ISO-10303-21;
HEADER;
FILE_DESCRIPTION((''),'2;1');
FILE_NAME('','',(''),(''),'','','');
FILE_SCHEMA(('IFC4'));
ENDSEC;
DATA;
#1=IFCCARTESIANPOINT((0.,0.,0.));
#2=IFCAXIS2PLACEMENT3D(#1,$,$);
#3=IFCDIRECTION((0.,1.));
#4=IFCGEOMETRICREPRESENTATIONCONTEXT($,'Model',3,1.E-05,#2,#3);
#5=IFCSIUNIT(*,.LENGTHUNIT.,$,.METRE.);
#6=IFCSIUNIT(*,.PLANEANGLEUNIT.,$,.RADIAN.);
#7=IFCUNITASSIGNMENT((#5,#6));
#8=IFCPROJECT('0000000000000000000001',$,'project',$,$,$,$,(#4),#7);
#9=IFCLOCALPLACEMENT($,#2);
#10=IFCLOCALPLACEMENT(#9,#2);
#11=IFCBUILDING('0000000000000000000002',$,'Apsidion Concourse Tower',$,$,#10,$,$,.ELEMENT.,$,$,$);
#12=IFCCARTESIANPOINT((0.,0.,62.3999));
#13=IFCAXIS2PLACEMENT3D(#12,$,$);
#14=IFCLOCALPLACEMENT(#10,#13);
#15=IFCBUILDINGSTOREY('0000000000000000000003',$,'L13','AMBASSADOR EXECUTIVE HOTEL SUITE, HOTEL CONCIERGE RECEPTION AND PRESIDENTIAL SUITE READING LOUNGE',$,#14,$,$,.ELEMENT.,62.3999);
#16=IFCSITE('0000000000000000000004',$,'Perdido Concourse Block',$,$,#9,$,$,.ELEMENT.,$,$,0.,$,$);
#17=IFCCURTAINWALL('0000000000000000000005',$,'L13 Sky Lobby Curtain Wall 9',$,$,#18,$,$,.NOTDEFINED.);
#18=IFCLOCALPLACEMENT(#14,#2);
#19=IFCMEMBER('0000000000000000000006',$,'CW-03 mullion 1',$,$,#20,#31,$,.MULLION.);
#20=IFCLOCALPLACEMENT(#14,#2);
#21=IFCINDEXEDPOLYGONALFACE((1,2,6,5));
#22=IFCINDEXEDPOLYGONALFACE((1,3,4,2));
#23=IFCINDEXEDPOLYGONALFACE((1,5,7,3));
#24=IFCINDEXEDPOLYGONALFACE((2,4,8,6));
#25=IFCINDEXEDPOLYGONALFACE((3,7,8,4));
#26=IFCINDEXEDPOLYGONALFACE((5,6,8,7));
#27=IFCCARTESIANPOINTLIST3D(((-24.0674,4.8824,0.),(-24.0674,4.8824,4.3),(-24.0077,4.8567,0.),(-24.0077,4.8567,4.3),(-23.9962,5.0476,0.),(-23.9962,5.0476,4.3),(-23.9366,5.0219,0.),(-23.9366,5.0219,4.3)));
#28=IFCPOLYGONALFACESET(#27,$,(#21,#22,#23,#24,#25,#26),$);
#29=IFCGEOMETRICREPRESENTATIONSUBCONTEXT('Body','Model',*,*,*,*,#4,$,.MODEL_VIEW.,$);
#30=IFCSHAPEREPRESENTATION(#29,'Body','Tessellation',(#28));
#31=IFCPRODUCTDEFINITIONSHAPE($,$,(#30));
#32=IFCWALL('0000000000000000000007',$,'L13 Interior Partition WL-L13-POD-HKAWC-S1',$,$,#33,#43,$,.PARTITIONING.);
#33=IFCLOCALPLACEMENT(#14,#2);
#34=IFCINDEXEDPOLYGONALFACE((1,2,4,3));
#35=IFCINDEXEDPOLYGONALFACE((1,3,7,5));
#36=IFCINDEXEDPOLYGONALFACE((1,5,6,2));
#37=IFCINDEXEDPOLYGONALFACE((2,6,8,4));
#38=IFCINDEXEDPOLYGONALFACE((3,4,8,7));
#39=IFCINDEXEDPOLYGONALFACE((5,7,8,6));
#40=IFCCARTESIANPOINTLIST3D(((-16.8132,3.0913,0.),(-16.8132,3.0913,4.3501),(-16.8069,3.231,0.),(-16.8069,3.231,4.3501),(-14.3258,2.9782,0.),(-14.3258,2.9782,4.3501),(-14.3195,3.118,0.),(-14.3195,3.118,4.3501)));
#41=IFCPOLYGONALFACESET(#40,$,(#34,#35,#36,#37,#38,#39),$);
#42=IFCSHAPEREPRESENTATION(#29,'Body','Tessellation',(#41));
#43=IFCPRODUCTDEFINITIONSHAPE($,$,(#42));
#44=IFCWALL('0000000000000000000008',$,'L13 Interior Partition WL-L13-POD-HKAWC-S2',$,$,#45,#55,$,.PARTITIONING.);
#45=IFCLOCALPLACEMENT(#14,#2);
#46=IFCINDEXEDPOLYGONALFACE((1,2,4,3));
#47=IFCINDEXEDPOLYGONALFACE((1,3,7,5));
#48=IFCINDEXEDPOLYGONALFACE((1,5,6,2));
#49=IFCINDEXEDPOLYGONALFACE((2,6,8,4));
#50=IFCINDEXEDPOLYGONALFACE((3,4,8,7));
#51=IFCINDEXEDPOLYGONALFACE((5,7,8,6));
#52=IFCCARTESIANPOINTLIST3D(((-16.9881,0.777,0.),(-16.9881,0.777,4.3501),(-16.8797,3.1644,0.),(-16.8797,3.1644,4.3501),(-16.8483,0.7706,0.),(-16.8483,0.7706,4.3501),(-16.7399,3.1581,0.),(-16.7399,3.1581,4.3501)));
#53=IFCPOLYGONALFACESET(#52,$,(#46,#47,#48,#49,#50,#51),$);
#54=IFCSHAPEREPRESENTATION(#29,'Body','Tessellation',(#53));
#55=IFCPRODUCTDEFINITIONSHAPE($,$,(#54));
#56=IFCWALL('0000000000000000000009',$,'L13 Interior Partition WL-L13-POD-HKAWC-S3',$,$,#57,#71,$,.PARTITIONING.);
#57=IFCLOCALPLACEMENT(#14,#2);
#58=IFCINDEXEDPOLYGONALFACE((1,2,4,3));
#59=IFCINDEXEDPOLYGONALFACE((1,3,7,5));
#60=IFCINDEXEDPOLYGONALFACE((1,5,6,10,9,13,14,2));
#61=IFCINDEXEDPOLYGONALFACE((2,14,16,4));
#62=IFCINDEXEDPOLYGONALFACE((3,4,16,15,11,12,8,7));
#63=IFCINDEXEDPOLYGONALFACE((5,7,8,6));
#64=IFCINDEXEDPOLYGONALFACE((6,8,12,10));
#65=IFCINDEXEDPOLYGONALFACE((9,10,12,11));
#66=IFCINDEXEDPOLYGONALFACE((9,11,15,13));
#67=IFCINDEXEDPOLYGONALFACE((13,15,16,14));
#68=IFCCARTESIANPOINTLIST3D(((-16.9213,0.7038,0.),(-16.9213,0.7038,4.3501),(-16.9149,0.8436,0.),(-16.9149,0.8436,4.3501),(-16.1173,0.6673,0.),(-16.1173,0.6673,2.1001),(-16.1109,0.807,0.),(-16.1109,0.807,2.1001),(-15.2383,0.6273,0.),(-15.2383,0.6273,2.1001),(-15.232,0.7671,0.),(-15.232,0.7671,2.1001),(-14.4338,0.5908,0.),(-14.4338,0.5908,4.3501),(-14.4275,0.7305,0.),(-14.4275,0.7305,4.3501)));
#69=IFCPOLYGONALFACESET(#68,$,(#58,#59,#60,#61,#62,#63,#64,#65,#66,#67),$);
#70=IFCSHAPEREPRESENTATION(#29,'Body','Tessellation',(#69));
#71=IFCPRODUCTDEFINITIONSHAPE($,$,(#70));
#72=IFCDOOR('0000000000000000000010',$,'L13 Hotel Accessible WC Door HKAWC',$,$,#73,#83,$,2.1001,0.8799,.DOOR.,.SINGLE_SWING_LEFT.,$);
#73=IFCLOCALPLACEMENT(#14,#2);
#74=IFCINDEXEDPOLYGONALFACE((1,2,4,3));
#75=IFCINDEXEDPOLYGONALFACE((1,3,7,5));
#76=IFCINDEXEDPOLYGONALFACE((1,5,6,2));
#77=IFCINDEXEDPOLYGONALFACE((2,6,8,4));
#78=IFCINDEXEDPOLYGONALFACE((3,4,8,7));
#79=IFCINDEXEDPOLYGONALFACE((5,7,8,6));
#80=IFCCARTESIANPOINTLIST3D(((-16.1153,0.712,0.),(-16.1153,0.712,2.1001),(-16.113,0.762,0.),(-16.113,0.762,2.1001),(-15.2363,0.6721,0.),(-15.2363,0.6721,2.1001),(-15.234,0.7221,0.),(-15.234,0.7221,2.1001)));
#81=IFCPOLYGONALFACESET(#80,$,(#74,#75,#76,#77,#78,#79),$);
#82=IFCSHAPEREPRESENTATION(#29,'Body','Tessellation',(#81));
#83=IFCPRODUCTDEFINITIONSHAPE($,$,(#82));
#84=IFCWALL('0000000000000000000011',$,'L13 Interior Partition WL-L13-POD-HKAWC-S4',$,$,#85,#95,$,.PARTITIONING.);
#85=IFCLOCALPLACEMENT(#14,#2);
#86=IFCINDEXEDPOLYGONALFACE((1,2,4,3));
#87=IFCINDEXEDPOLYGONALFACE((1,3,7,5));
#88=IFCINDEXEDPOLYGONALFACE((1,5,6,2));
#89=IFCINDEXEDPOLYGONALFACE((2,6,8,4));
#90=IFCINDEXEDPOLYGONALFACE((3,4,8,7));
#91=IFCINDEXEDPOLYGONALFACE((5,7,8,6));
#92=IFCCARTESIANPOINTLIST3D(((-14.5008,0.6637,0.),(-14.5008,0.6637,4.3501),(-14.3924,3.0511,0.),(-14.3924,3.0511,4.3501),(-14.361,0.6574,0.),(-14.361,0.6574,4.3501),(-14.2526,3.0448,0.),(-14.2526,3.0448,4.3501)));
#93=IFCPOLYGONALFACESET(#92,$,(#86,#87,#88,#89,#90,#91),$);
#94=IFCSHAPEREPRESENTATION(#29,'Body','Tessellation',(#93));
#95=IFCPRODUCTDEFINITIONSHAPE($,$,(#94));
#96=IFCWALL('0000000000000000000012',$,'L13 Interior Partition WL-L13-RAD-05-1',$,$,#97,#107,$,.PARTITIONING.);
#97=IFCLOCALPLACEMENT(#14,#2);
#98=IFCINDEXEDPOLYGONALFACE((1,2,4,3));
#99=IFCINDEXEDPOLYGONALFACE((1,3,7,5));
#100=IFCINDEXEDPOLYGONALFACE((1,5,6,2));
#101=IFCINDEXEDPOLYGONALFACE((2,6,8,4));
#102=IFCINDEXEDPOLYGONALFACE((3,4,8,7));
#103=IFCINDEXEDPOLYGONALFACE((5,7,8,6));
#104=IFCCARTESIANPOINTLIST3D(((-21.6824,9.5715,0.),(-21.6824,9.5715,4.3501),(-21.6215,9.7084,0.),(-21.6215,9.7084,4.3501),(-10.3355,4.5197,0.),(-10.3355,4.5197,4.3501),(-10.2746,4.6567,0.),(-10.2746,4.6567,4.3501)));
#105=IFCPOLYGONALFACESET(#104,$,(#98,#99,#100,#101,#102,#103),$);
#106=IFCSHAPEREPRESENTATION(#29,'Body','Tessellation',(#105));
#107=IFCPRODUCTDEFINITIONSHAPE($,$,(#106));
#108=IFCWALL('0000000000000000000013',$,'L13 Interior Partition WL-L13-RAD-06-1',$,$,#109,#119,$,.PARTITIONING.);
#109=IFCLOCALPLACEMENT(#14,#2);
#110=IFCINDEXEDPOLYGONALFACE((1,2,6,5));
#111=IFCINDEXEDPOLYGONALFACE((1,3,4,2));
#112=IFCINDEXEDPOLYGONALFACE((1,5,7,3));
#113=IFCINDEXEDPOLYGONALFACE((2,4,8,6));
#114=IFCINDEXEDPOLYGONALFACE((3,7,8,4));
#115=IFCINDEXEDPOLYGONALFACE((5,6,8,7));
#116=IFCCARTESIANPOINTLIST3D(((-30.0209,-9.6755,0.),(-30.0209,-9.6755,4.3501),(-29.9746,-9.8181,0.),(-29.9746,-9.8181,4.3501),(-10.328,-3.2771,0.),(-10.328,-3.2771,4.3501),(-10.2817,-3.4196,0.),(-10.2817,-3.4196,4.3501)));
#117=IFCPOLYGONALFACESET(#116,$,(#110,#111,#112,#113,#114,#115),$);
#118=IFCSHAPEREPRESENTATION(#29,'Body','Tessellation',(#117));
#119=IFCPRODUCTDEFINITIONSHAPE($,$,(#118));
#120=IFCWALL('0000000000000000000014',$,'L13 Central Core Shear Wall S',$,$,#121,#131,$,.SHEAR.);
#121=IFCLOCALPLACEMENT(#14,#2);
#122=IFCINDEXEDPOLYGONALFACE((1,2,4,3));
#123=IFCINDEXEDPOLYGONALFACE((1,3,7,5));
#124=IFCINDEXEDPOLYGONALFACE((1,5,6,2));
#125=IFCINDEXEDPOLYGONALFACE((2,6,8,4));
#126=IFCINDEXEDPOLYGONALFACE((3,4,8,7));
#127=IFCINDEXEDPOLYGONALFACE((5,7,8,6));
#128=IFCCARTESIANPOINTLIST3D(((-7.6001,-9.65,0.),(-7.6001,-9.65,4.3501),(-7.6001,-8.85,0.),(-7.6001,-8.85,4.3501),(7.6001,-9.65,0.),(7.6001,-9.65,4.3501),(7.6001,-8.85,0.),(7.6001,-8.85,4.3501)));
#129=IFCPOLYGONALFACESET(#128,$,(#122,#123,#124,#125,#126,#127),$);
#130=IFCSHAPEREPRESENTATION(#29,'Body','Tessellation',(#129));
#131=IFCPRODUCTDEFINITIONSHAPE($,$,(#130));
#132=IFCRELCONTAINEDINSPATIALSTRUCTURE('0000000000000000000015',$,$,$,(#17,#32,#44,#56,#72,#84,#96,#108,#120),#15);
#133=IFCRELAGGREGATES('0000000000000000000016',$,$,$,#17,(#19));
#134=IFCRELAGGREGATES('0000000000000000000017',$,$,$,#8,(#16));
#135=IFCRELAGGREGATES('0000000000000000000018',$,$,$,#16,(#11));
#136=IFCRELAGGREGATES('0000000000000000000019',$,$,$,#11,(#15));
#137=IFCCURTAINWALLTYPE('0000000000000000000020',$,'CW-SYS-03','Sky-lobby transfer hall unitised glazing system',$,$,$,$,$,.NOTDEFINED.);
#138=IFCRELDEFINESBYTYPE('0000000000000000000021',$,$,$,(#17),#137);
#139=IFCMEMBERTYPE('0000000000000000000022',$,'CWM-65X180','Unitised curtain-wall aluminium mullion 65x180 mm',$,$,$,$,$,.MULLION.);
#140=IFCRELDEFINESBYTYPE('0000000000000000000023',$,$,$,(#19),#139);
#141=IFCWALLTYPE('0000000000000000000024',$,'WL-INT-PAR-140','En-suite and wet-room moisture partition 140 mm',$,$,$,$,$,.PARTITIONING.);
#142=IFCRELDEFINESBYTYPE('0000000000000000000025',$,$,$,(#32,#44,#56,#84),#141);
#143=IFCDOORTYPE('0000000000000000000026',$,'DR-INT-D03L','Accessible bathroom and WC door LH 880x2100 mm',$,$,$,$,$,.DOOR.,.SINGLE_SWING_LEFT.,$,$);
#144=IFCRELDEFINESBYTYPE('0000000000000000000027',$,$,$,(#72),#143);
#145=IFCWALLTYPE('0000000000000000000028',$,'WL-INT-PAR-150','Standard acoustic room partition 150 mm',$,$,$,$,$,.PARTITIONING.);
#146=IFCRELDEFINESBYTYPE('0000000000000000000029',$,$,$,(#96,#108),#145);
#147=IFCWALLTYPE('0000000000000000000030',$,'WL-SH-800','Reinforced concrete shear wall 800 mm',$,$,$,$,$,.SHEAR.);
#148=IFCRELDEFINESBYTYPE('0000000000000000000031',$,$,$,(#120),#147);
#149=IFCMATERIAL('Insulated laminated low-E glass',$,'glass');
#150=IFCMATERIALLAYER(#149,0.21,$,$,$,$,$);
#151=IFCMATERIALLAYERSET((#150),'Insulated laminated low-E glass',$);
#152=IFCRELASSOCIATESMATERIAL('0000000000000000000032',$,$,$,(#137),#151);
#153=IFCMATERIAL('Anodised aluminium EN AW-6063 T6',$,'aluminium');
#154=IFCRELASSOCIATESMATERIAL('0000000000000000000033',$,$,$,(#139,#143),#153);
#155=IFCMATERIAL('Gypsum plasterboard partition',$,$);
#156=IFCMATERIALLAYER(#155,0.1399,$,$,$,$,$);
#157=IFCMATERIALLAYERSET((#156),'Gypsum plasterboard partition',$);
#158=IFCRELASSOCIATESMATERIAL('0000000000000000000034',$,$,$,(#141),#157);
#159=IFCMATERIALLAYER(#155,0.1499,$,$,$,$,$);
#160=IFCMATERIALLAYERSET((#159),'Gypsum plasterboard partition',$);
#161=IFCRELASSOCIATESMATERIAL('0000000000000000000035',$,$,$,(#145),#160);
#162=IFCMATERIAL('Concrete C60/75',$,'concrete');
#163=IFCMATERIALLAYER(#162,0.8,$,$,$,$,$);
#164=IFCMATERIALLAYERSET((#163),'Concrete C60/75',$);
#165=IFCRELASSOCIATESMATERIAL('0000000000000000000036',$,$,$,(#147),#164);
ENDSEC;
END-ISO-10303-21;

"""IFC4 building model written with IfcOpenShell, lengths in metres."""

from ifc_helpers import new_model, si_unit, direction, frame, frame_2d, origin, origin_2d, place, context, subcontext, project, spatial, rectangle, extrude, material, layer, layer_set, material_profile, profile_set, type_object, element, fill, aggregate, save


model = new_model("IFC4")

# Units and contexts
model_context = context("Model", 3, precision=1e-05, world=origin(), true_north=direction((0.0, 1.0)))
body_context = subcontext(model_context, "Body", "Model", "MODEL_VIEW")
ifc_project = project(units=[si_unit("LENGTHUNIT", "METRE"), si_unit("PLANEANGLEUNIT", "RADIAN")], contexts=[model_context])

# Site, building, storey
site_placement = place(None, origin())
site = spatial("IfcSite", under=ifc_project, at=site_placement, Name="Perdido Concourse Block", CompositionType="ELEMENT", RefElevation=0.0)
building_placement = place(site_placement, origin())
building = spatial("IfcBuilding", under=site, at=building_placement, Name="Apsidion Concourse Tower", CompositionType="ELEMENT")
storey_placement = place(building_placement, frame((0.0, 0.0, 62.3999)))
storey = spatial("IfcBuildingStorey", under=building, at=storey_placement, Name="L13", Description="AMBASSADOR EXECUTIVE HOTEL SUITE, HOTEL CONCIERGE RECEPTION AND PRESIDENTIAL SUITE READING LOUNGE", CompositionType="ELEMENT", Elevation=62.3999)

# Curtain wall, member
ifc_material_1 = material(Name="Insulated laminated low-E glass", Category="glass")
ifc_layer_1 = layer(ifc_material_1, 0.21)
ifc_layer_set_1 = layer_set([ifc_layer_1], Name="Insulated laminated low-E glass")
curtain_wall_type = type_object("IfcCurtainWallType", Name="CW-SYS-03", Description="Sky-lobby transfer hall unitised glazing system", PredefinedType="NOTDEFINED", material=ifc_layer_set_1)
curtain_wall_placement = place(storey_placement, origin())
curtain_wall = element("IfcCurtainWall", 1, at=curtain_wall_placement, inside=storey, type_object=curtain_wall_type, Name="L13 Sky Lobby Curtain Wall 9", PredefinedType="NOTDEFINED")
ifc_material_2 = material(Name="Anodised aluminium EN AW-6063 T6", Category="aluminium")
ifc_material_profile_1 = material_profile(ifc_material_2, rectangle(XDim=0.0649, YDim=0.1799, at=origin_2d()), Name="ALU MULLION 65x180")
ifc_profile_set_1 = profile_set([ifc_material_profile_1], Name="Anodised aluminium EN AW-6063 T6")
member_type = type_object("IfcMemberType", Name="CWM-65X180", Description="Unitised curtain-wall aluminium mullion 65x180 mm", PredefinedType="MULLION", material=ifc_profile_set_1)
member_placement = place(storey_placement, frame((-24.002, 4.9521, 0.0), z_axis=(0.0, 0.0, 1.0), x_axis=(-0.918501, 0.395419, 0.0)))
member = element("IfcMember", 2, at=member_placement, type_object=member_type, Name="CW-03 mullion 1", PredefinedType="MULLION", context=body_context, shape_type="SweptSolid", body=[
    extrude(rectangle(XDim=0.0649, YDim=0.1799, at=origin_2d()), origin(), (0.0, 0.0, 1.0), 4.3),
])
aggregate(curtain_wall, [member])

# Walls
ifc_material_3 = material(Name="Gypsum plasterboard partition")
ifc_layer_2 = layer(ifc_material_3, 0.1399)
ifc_layer_set_2 = layer_set([ifc_layer_2], Name="Gypsum plasterboard partition")
wall_type_1 = type_object("IfcWallType", Name="WL-INT-PAR-140", Description="En-suite and wet-room moisture partition 140 mm", PredefinedType="PARTITIONING", material=ifc_layer_set_2)
wall_1_placement = place(storey_placement, frame((-14.3225, 3.0481, 0.0), z_axis=(0.0, 0.0, 1.0), x_axis=(-0.998969, 0.045399, 0.0)))
element("IfcWall", 3, at=wall_1_placement, inside=storey, type_object=wall_type_1, Name="L13 Interior Partition WL-L13-POD-HKAWC-S1", PredefinedType="PARTITIONING", context=body_context, shape_type="SweptSolid", body=[
    extrude(rectangle(XDim=2.49, YDim=0.1399, at=frame_2d((1.2451, 0.0))), origin(), (0.0, 0.0, 1.0), 4.3501),
])
wall_2_placement = place(storey_placement, frame((-16.8098, 3.1611, 0.0), z_axis=(0.0, 0.0, 1.0), x_axis=(-0.045357, -0.998971, 0.0)))
element("IfcWall", 4, at=wall_2_placement, inside=storey, type_object=wall_type_1, Name="L13 Interior Partition WL-L13-POD-HKAWC-S2", PredefinedType="PARTITIONING", context=body_context, shape_type="SweptSolid", body=[
    extrude(rectangle(XDim=2.3899, YDim=0.1399, at=frame_2d((1.1948, 0.0))), origin(), (0.0, 0.0, 1.0), 4.3501),
])

# Wall, opening, door
wall_3_placement = place(storey_placement, frame((-16.9182, 0.7737, 0.0), z_axis=(0.0, 0.0, 1.0), x_axis=(0.998969, -0.045399, 0.0)))
wall_3 = element("IfcWall", 5, at=wall_3_placement, inside=storey, type_object=wall_type_1, Name="L13 Interior Partition WL-L13-POD-HKAWC-S3", PredefinedType="PARTITIONING", context=body_context, shape_type="SweptSolid", body=[
    extrude(rectangle(XDim=2.49, YDim=0.1399, at=frame_2d((1.2451, 0.0))), origin(), (0.0, 0.0, 1.0), 4.3501),
])
opening_placement = place(wall_3_placement, frame((0.8049, 0.0, 0.0)))
opening = element("IfcOpeningElement", 6, at=opening_placement, cuts=wall_3, PredefinedType="OPENING", context=body_context, shape_type="SweptSolid", body=[
    extrude(rectangle(XDim=0.8799, YDim=2.1001, at=frame_2d((0.4399, 1.05))), frame((0.0, 0.0801, 0.0), z_axis=(0.0, -1.0, 0.0), x_axis=(1.0, 0.0, 0.0)), (0.0, 0.0, 1.0), 0.1599),
])
door_type = type_object("IfcDoorType", Name="DR-INT-D03L", Description="Accessible bathroom and WC door LH 880x2100 mm", OperationType="SINGLE_SWING_LEFT", PredefinedType="DOOR", material=ifc_material_2)
door_placement = place(opening_placement, origin())
door = element("IfcDoor", 7, at=door_placement, inside=storey, type_object=door_type, Name="L13 Hotel Accessible WC Door HKAWC", OperationType="SINGLE_SWING_LEFT", OverallHeight=2.1001, OverallWidth=0.8799, PredefinedType="DOOR", context=body_context, shape_type="SweptSolid", body=[
    extrude(rectangle(XDim=0.8799, YDim=2.1001, at=frame_2d((0.4399, 1.05))), frame((0.0, 0.0249, 0.0), z_axis=(0.0, -1.0, 0.0), x_axis=(1.0, 0.0, 0.0)), (0.0, 0.0, 1.0), 0.05),
])
fill(opening, door)

# Walls
wall_4_placement = place(storey_placement, frame((-14.4309, 0.6606, 0.0), z_axis=(0.0, 0.0, 1.0), x_axis=(0.045357, 0.998971, 0.0)))
element("IfcWall", 8, at=wall_4_placement, inside=storey, type_object=wall_type_1, Name="L13 Interior Partition WL-L13-POD-HKAWC-S4", PredefinedType="PARTITIONING", context=body_context, shape_type="SweptSolid", body=[
    extrude(rectangle(XDim=2.3899, YDim=0.1399, at=frame_2d((1.1948, 0.0))), origin(), (0.0, 0.0, 1.0), 4.3501),
])
ifc_layer_3 = layer(ifc_material_3, 0.1499)
ifc_layer_set_3 = layer_set([ifc_layer_3], Name="Gypsum plasterboard partition")
wall_type_2 = type_object("IfcWallType", Name="WL-INT-PAR-150", Description="Standard acoustic room partition 150 mm", PredefinedType="PARTITIONING", material=ifc_layer_set_3)
wall_5_placement = place(storey_placement, frame((-10.3049, 4.5881, 0.0), z_axis=(0.0, 0.0, 1.0), x_axis=(-0.913552, 0.406722, 0.0)))
element("IfcWall", 9, at=wall_5_placement, inside=storey, type_object=wall_type_2, Name="L13 Interior Partition WL-L13-RAD-05-1", PredefinedType="PARTITIONING", context=body_context, shape_type="SweptSolid", body=[
    extrude(rectangle(XDim=12.4207, YDim=0.1499, at=frame_2d((6.2104, 0.0))), origin(), (0.0, 0.0, 1.0), 4.3501),
])
wall_6_placement = place(storey_placement, frame((-10.3049, -3.3484, 0.0), z_axis=(0.0, 0.0, 1.0), x_axis=(-0.951059, -0.30901, 0.0)))
element("IfcWall", 10, at=wall_6_placement, inside=storey, type_object=wall_type_2, Name="L13 Interior Partition WL-L13-RAD-06-1", PredefinedType="PARTITIONING", context=body_context, shape_type="SweptSolid", body=[
    extrude(rectangle(XDim=20.7063, YDim=0.1499, at=frame_2d((10.353, 0.0))), origin(), (0.0, 0.0, 1.0), 4.3501),
])
ifc_material_4 = material(Name="Concrete C60/75", Category="concrete")
ifc_layer_4 = layer(ifc_material_4, 0.8)
ifc_layer_set_4 = layer_set([ifc_layer_4], Name="Concrete C60/75")
wall_type_3 = type_object("IfcWallType", Name="WL-SH-800", Description="Reinforced concrete shear wall 800 mm", PredefinedType="SHEAR", material=ifc_layer_set_4)
wall_7_placement = place(storey_placement, frame((-7.6001, -9.25, 0.0), z_axis=(0.0, 0.0, 1.0), x_axis=(1.0, 0.0, 0.0)))
element("IfcWall", 11, at=wall_7_placement, inside=storey, type_object=wall_type_3, Name="L13 Central Core Shear Wall S", PredefinedType="SHEAR", context=body_context, shape_type="SweptSolid", body=[
    extrude(rectangle(XDim=15.2002, YDim=0.8, at=frame_2d((7.6001, 0.0))), origin(), (0.0, 0.0, 1.0), 4.3501),
])

save(model, "model.ifc")
